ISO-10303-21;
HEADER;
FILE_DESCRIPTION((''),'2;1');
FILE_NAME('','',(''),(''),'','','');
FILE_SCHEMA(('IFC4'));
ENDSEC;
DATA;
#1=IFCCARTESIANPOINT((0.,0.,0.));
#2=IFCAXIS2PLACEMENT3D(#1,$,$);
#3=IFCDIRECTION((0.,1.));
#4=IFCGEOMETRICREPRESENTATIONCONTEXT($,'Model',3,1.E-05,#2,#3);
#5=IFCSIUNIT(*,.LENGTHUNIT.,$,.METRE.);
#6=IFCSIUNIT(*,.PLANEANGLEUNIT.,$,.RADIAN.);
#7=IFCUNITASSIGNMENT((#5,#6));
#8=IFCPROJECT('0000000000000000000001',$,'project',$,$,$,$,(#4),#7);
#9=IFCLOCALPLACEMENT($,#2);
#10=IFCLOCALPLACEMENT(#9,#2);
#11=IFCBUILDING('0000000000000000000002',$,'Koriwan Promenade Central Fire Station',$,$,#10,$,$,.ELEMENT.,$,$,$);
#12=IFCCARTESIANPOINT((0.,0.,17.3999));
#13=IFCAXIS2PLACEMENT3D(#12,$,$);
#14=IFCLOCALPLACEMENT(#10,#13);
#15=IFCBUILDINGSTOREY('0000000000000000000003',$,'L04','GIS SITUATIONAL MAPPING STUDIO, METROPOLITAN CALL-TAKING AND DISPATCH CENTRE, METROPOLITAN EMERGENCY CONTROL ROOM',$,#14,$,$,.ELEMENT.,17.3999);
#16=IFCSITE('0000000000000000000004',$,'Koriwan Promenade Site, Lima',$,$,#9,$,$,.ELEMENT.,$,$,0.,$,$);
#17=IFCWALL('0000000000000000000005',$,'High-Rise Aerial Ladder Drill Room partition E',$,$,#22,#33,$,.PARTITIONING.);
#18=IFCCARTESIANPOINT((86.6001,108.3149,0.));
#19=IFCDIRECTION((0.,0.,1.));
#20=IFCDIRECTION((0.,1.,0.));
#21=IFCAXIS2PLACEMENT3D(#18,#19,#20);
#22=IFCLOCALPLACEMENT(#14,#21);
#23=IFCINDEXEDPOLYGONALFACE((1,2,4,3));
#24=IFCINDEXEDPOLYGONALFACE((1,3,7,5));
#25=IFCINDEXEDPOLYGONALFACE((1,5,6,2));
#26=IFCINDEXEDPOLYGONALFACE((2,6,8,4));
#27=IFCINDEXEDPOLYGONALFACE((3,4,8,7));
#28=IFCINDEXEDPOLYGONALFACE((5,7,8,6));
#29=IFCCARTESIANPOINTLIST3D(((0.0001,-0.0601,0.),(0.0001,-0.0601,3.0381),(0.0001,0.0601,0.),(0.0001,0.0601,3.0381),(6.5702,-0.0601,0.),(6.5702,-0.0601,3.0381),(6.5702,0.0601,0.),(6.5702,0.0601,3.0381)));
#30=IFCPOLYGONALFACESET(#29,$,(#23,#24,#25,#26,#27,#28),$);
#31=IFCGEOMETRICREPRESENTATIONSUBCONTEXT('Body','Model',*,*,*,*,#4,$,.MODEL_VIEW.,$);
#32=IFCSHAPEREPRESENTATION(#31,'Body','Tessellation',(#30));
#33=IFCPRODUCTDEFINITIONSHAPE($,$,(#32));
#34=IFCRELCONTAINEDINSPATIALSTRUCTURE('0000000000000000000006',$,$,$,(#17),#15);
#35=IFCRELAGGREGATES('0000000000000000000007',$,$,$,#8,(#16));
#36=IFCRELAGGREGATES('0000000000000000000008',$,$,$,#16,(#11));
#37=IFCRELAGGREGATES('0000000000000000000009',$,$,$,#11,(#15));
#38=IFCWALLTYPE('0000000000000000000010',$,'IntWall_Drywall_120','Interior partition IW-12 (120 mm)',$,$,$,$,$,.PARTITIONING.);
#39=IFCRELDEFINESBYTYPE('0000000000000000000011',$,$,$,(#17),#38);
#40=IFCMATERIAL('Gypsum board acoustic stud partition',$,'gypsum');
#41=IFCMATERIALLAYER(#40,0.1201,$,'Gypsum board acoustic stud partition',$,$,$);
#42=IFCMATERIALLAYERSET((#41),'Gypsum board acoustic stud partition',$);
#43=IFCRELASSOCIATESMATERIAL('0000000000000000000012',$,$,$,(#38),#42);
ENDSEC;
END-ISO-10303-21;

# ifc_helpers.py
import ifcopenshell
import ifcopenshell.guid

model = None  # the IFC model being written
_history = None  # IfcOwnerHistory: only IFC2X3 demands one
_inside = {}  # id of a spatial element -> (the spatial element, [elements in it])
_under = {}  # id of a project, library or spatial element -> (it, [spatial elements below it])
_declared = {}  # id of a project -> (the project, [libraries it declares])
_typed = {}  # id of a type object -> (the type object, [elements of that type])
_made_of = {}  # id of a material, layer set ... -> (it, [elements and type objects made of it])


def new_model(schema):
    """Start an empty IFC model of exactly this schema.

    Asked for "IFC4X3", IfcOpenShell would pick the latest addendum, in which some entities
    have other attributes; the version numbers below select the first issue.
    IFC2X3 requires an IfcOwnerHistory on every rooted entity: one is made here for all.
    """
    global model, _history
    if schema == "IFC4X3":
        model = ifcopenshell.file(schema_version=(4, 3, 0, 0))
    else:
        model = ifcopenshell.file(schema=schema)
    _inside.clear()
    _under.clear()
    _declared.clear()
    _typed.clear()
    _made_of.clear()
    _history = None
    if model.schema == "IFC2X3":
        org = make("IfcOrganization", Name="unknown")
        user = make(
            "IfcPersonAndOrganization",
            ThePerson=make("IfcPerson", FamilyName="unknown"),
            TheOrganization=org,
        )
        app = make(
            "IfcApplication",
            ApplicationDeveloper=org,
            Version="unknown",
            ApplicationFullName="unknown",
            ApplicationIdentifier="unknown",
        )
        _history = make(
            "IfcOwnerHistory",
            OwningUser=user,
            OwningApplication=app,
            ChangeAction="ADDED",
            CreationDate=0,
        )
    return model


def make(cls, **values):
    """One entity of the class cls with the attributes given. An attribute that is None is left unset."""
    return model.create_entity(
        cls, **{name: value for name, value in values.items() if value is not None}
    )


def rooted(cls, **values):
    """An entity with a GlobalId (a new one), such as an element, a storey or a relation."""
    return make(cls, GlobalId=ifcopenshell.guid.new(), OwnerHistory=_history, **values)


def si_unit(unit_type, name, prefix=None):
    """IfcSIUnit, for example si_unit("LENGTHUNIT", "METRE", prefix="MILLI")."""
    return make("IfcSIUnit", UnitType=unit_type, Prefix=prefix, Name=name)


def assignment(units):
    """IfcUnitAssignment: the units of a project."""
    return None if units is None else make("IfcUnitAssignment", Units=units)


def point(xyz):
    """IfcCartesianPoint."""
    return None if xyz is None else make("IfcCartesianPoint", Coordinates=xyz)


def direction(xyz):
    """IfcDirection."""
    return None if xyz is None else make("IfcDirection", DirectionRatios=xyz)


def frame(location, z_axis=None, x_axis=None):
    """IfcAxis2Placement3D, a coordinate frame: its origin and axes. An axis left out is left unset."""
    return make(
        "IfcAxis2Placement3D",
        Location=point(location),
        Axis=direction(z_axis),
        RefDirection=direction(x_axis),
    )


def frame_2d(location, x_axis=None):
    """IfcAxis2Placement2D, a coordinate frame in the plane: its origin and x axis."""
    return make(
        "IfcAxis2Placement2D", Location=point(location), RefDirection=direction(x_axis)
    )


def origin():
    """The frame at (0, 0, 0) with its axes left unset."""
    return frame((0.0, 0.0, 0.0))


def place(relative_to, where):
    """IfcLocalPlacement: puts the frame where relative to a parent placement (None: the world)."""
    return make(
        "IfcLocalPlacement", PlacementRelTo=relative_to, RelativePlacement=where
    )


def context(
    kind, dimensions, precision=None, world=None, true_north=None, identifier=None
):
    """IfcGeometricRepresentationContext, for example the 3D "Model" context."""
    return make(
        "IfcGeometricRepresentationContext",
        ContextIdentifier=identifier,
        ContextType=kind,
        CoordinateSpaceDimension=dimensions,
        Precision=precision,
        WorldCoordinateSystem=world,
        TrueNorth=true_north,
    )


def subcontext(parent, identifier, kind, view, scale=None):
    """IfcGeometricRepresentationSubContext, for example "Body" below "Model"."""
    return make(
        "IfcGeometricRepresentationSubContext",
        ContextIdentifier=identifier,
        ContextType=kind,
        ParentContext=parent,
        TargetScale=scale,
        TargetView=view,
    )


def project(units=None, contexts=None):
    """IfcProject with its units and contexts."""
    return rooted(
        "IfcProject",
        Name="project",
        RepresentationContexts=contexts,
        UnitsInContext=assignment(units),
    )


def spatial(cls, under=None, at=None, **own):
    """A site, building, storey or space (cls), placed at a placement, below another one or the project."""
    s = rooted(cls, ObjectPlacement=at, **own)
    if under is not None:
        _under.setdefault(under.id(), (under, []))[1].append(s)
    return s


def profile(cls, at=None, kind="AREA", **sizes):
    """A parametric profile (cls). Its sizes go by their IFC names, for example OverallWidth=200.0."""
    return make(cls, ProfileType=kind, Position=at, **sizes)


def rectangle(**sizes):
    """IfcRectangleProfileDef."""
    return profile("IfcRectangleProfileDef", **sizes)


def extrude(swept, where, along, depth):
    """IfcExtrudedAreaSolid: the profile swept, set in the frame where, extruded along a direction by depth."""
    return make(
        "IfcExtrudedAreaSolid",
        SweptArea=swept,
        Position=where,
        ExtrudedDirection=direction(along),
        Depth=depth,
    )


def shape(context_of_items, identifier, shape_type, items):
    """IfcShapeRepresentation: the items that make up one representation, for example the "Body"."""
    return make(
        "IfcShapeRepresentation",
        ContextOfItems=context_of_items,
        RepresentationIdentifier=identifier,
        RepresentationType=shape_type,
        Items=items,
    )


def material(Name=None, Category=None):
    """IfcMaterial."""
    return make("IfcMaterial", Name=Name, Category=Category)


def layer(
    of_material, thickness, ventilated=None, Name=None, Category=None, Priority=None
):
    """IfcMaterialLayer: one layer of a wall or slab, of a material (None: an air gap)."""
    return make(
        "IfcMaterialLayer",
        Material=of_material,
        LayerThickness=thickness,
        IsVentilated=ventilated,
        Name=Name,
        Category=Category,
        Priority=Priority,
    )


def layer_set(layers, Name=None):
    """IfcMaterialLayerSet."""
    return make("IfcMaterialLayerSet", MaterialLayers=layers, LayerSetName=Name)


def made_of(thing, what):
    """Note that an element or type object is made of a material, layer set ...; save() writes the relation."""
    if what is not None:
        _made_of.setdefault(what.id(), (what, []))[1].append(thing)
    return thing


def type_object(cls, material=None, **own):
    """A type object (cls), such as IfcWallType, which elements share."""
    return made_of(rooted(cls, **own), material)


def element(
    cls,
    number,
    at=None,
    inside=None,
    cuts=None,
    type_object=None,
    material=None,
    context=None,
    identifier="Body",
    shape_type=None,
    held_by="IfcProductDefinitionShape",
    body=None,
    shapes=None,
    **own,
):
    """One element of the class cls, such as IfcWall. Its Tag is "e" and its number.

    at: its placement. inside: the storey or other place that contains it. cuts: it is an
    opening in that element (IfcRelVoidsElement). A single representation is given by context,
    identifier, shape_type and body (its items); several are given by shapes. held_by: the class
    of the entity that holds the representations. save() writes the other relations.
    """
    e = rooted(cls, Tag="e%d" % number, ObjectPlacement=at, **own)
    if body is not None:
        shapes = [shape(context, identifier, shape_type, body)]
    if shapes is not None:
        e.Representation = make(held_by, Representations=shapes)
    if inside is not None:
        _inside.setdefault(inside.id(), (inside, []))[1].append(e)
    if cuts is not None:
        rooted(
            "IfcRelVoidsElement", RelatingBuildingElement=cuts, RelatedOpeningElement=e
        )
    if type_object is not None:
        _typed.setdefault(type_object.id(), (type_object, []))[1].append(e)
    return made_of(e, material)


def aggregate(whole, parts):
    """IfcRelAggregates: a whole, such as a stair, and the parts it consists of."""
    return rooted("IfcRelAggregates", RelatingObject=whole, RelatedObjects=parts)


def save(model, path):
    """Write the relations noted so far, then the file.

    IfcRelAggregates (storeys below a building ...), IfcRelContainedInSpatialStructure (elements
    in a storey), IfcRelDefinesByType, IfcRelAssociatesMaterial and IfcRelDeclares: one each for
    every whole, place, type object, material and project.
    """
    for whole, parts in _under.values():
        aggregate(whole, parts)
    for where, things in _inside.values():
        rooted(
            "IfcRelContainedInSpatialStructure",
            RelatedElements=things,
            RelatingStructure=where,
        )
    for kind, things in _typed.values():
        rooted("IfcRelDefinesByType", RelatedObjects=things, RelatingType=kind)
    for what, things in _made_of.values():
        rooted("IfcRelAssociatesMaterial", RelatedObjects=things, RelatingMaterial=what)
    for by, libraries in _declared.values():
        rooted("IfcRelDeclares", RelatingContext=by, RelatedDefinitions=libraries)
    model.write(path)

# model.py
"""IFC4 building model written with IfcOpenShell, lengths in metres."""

from ifc_helpers import new_model, si_unit, direction, frame, frame_2d, origin, place, context, subcontext, project, spatial, rectangle, extrude, material, layer, layer_set, type_object, element, save


model = new_model("IFC4")

# Units and contexts
model_context = context("Model", 3, precision=1e-05, world=origin(), true_north=direction((0.0, 1.0)))
body_context = subcontext(model_context, "Body", "Model", "MODEL_VIEW")
ifc_project = project(units=[si_unit("LENGTHUNIT", "METRE"), si_unit("PLANEANGLEUNIT", "RADIAN")], contexts=[model_context])

# Site, building, storey
site_placement = place(None, origin())
site = spatial("IfcSite", under=ifc_project, at=site_placement, Name="Koriwan Promenade Site, Lima", CompositionType="ELEMENT", RefElevation=0.0)
building_placement = place(site_placement, origin())
building = spatial("IfcBuilding", under=site, at=building_placement, Name="Koriwan Promenade Central Fire Station", CompositionType="ELEMENT")
storey_placement = place(building_placement, frame((0.0, 0.0, 17.3999)))
storey = spatial("IfcBuildingStorey", under=building, at=storey_placement, Name="L04", Description="GIS SITUATIONAL MAPPING STUDIO, METROPOLITAN CALL-TAKING AND DISPATCH CENTRE, METROPOLITAN EMERGENCY CONTROL ROOM", CompositionType="ELEMENT", Elevation=17.3999)

# Wall
ifc_material_1 = material(Name="Gypsum board acoustic stud partition", Category="gypsum")
ifc_layer_1 = layer(ifc_material_1, 0.1201, Name="Gypsum board acoustic stud partition")
ifc_layer_set_1 = layer_set([ifc_layer_1], Name="Gypsum board acoustic stud partition")
wall_type_1 = type_object("IfcWallType", Name="IntWall_Drywall_120", Description="Interior partition IW-12 (120 mm)", PredefinedType="PARTITIONING", material=ifc_layer_set_1)
wall_1_placement = place(storey_placement, frame((86.6001, 108.3149, 0.0), z_axis=(0.0, 0.0, 1.0), x_axis=(0.0, 1.0, 0.0)))
element("IfcWall", 1, at=wall_1_placement, inside=storey, type_object=wall_type_1, Name="High-Rise Aerial Ladder Drill Room partition E", PredefinedType="PARTITIONING", context=body_context, shape_type="SweptSolid", body=[
    extrude(rectangle(XDim=6.5701, YDim=0.1201, at=frame_2d((3.2852, 0.0))), origin(), (0.0, 0.0, 1.0), 3.0381),
])

save(model, "model.ifc")
